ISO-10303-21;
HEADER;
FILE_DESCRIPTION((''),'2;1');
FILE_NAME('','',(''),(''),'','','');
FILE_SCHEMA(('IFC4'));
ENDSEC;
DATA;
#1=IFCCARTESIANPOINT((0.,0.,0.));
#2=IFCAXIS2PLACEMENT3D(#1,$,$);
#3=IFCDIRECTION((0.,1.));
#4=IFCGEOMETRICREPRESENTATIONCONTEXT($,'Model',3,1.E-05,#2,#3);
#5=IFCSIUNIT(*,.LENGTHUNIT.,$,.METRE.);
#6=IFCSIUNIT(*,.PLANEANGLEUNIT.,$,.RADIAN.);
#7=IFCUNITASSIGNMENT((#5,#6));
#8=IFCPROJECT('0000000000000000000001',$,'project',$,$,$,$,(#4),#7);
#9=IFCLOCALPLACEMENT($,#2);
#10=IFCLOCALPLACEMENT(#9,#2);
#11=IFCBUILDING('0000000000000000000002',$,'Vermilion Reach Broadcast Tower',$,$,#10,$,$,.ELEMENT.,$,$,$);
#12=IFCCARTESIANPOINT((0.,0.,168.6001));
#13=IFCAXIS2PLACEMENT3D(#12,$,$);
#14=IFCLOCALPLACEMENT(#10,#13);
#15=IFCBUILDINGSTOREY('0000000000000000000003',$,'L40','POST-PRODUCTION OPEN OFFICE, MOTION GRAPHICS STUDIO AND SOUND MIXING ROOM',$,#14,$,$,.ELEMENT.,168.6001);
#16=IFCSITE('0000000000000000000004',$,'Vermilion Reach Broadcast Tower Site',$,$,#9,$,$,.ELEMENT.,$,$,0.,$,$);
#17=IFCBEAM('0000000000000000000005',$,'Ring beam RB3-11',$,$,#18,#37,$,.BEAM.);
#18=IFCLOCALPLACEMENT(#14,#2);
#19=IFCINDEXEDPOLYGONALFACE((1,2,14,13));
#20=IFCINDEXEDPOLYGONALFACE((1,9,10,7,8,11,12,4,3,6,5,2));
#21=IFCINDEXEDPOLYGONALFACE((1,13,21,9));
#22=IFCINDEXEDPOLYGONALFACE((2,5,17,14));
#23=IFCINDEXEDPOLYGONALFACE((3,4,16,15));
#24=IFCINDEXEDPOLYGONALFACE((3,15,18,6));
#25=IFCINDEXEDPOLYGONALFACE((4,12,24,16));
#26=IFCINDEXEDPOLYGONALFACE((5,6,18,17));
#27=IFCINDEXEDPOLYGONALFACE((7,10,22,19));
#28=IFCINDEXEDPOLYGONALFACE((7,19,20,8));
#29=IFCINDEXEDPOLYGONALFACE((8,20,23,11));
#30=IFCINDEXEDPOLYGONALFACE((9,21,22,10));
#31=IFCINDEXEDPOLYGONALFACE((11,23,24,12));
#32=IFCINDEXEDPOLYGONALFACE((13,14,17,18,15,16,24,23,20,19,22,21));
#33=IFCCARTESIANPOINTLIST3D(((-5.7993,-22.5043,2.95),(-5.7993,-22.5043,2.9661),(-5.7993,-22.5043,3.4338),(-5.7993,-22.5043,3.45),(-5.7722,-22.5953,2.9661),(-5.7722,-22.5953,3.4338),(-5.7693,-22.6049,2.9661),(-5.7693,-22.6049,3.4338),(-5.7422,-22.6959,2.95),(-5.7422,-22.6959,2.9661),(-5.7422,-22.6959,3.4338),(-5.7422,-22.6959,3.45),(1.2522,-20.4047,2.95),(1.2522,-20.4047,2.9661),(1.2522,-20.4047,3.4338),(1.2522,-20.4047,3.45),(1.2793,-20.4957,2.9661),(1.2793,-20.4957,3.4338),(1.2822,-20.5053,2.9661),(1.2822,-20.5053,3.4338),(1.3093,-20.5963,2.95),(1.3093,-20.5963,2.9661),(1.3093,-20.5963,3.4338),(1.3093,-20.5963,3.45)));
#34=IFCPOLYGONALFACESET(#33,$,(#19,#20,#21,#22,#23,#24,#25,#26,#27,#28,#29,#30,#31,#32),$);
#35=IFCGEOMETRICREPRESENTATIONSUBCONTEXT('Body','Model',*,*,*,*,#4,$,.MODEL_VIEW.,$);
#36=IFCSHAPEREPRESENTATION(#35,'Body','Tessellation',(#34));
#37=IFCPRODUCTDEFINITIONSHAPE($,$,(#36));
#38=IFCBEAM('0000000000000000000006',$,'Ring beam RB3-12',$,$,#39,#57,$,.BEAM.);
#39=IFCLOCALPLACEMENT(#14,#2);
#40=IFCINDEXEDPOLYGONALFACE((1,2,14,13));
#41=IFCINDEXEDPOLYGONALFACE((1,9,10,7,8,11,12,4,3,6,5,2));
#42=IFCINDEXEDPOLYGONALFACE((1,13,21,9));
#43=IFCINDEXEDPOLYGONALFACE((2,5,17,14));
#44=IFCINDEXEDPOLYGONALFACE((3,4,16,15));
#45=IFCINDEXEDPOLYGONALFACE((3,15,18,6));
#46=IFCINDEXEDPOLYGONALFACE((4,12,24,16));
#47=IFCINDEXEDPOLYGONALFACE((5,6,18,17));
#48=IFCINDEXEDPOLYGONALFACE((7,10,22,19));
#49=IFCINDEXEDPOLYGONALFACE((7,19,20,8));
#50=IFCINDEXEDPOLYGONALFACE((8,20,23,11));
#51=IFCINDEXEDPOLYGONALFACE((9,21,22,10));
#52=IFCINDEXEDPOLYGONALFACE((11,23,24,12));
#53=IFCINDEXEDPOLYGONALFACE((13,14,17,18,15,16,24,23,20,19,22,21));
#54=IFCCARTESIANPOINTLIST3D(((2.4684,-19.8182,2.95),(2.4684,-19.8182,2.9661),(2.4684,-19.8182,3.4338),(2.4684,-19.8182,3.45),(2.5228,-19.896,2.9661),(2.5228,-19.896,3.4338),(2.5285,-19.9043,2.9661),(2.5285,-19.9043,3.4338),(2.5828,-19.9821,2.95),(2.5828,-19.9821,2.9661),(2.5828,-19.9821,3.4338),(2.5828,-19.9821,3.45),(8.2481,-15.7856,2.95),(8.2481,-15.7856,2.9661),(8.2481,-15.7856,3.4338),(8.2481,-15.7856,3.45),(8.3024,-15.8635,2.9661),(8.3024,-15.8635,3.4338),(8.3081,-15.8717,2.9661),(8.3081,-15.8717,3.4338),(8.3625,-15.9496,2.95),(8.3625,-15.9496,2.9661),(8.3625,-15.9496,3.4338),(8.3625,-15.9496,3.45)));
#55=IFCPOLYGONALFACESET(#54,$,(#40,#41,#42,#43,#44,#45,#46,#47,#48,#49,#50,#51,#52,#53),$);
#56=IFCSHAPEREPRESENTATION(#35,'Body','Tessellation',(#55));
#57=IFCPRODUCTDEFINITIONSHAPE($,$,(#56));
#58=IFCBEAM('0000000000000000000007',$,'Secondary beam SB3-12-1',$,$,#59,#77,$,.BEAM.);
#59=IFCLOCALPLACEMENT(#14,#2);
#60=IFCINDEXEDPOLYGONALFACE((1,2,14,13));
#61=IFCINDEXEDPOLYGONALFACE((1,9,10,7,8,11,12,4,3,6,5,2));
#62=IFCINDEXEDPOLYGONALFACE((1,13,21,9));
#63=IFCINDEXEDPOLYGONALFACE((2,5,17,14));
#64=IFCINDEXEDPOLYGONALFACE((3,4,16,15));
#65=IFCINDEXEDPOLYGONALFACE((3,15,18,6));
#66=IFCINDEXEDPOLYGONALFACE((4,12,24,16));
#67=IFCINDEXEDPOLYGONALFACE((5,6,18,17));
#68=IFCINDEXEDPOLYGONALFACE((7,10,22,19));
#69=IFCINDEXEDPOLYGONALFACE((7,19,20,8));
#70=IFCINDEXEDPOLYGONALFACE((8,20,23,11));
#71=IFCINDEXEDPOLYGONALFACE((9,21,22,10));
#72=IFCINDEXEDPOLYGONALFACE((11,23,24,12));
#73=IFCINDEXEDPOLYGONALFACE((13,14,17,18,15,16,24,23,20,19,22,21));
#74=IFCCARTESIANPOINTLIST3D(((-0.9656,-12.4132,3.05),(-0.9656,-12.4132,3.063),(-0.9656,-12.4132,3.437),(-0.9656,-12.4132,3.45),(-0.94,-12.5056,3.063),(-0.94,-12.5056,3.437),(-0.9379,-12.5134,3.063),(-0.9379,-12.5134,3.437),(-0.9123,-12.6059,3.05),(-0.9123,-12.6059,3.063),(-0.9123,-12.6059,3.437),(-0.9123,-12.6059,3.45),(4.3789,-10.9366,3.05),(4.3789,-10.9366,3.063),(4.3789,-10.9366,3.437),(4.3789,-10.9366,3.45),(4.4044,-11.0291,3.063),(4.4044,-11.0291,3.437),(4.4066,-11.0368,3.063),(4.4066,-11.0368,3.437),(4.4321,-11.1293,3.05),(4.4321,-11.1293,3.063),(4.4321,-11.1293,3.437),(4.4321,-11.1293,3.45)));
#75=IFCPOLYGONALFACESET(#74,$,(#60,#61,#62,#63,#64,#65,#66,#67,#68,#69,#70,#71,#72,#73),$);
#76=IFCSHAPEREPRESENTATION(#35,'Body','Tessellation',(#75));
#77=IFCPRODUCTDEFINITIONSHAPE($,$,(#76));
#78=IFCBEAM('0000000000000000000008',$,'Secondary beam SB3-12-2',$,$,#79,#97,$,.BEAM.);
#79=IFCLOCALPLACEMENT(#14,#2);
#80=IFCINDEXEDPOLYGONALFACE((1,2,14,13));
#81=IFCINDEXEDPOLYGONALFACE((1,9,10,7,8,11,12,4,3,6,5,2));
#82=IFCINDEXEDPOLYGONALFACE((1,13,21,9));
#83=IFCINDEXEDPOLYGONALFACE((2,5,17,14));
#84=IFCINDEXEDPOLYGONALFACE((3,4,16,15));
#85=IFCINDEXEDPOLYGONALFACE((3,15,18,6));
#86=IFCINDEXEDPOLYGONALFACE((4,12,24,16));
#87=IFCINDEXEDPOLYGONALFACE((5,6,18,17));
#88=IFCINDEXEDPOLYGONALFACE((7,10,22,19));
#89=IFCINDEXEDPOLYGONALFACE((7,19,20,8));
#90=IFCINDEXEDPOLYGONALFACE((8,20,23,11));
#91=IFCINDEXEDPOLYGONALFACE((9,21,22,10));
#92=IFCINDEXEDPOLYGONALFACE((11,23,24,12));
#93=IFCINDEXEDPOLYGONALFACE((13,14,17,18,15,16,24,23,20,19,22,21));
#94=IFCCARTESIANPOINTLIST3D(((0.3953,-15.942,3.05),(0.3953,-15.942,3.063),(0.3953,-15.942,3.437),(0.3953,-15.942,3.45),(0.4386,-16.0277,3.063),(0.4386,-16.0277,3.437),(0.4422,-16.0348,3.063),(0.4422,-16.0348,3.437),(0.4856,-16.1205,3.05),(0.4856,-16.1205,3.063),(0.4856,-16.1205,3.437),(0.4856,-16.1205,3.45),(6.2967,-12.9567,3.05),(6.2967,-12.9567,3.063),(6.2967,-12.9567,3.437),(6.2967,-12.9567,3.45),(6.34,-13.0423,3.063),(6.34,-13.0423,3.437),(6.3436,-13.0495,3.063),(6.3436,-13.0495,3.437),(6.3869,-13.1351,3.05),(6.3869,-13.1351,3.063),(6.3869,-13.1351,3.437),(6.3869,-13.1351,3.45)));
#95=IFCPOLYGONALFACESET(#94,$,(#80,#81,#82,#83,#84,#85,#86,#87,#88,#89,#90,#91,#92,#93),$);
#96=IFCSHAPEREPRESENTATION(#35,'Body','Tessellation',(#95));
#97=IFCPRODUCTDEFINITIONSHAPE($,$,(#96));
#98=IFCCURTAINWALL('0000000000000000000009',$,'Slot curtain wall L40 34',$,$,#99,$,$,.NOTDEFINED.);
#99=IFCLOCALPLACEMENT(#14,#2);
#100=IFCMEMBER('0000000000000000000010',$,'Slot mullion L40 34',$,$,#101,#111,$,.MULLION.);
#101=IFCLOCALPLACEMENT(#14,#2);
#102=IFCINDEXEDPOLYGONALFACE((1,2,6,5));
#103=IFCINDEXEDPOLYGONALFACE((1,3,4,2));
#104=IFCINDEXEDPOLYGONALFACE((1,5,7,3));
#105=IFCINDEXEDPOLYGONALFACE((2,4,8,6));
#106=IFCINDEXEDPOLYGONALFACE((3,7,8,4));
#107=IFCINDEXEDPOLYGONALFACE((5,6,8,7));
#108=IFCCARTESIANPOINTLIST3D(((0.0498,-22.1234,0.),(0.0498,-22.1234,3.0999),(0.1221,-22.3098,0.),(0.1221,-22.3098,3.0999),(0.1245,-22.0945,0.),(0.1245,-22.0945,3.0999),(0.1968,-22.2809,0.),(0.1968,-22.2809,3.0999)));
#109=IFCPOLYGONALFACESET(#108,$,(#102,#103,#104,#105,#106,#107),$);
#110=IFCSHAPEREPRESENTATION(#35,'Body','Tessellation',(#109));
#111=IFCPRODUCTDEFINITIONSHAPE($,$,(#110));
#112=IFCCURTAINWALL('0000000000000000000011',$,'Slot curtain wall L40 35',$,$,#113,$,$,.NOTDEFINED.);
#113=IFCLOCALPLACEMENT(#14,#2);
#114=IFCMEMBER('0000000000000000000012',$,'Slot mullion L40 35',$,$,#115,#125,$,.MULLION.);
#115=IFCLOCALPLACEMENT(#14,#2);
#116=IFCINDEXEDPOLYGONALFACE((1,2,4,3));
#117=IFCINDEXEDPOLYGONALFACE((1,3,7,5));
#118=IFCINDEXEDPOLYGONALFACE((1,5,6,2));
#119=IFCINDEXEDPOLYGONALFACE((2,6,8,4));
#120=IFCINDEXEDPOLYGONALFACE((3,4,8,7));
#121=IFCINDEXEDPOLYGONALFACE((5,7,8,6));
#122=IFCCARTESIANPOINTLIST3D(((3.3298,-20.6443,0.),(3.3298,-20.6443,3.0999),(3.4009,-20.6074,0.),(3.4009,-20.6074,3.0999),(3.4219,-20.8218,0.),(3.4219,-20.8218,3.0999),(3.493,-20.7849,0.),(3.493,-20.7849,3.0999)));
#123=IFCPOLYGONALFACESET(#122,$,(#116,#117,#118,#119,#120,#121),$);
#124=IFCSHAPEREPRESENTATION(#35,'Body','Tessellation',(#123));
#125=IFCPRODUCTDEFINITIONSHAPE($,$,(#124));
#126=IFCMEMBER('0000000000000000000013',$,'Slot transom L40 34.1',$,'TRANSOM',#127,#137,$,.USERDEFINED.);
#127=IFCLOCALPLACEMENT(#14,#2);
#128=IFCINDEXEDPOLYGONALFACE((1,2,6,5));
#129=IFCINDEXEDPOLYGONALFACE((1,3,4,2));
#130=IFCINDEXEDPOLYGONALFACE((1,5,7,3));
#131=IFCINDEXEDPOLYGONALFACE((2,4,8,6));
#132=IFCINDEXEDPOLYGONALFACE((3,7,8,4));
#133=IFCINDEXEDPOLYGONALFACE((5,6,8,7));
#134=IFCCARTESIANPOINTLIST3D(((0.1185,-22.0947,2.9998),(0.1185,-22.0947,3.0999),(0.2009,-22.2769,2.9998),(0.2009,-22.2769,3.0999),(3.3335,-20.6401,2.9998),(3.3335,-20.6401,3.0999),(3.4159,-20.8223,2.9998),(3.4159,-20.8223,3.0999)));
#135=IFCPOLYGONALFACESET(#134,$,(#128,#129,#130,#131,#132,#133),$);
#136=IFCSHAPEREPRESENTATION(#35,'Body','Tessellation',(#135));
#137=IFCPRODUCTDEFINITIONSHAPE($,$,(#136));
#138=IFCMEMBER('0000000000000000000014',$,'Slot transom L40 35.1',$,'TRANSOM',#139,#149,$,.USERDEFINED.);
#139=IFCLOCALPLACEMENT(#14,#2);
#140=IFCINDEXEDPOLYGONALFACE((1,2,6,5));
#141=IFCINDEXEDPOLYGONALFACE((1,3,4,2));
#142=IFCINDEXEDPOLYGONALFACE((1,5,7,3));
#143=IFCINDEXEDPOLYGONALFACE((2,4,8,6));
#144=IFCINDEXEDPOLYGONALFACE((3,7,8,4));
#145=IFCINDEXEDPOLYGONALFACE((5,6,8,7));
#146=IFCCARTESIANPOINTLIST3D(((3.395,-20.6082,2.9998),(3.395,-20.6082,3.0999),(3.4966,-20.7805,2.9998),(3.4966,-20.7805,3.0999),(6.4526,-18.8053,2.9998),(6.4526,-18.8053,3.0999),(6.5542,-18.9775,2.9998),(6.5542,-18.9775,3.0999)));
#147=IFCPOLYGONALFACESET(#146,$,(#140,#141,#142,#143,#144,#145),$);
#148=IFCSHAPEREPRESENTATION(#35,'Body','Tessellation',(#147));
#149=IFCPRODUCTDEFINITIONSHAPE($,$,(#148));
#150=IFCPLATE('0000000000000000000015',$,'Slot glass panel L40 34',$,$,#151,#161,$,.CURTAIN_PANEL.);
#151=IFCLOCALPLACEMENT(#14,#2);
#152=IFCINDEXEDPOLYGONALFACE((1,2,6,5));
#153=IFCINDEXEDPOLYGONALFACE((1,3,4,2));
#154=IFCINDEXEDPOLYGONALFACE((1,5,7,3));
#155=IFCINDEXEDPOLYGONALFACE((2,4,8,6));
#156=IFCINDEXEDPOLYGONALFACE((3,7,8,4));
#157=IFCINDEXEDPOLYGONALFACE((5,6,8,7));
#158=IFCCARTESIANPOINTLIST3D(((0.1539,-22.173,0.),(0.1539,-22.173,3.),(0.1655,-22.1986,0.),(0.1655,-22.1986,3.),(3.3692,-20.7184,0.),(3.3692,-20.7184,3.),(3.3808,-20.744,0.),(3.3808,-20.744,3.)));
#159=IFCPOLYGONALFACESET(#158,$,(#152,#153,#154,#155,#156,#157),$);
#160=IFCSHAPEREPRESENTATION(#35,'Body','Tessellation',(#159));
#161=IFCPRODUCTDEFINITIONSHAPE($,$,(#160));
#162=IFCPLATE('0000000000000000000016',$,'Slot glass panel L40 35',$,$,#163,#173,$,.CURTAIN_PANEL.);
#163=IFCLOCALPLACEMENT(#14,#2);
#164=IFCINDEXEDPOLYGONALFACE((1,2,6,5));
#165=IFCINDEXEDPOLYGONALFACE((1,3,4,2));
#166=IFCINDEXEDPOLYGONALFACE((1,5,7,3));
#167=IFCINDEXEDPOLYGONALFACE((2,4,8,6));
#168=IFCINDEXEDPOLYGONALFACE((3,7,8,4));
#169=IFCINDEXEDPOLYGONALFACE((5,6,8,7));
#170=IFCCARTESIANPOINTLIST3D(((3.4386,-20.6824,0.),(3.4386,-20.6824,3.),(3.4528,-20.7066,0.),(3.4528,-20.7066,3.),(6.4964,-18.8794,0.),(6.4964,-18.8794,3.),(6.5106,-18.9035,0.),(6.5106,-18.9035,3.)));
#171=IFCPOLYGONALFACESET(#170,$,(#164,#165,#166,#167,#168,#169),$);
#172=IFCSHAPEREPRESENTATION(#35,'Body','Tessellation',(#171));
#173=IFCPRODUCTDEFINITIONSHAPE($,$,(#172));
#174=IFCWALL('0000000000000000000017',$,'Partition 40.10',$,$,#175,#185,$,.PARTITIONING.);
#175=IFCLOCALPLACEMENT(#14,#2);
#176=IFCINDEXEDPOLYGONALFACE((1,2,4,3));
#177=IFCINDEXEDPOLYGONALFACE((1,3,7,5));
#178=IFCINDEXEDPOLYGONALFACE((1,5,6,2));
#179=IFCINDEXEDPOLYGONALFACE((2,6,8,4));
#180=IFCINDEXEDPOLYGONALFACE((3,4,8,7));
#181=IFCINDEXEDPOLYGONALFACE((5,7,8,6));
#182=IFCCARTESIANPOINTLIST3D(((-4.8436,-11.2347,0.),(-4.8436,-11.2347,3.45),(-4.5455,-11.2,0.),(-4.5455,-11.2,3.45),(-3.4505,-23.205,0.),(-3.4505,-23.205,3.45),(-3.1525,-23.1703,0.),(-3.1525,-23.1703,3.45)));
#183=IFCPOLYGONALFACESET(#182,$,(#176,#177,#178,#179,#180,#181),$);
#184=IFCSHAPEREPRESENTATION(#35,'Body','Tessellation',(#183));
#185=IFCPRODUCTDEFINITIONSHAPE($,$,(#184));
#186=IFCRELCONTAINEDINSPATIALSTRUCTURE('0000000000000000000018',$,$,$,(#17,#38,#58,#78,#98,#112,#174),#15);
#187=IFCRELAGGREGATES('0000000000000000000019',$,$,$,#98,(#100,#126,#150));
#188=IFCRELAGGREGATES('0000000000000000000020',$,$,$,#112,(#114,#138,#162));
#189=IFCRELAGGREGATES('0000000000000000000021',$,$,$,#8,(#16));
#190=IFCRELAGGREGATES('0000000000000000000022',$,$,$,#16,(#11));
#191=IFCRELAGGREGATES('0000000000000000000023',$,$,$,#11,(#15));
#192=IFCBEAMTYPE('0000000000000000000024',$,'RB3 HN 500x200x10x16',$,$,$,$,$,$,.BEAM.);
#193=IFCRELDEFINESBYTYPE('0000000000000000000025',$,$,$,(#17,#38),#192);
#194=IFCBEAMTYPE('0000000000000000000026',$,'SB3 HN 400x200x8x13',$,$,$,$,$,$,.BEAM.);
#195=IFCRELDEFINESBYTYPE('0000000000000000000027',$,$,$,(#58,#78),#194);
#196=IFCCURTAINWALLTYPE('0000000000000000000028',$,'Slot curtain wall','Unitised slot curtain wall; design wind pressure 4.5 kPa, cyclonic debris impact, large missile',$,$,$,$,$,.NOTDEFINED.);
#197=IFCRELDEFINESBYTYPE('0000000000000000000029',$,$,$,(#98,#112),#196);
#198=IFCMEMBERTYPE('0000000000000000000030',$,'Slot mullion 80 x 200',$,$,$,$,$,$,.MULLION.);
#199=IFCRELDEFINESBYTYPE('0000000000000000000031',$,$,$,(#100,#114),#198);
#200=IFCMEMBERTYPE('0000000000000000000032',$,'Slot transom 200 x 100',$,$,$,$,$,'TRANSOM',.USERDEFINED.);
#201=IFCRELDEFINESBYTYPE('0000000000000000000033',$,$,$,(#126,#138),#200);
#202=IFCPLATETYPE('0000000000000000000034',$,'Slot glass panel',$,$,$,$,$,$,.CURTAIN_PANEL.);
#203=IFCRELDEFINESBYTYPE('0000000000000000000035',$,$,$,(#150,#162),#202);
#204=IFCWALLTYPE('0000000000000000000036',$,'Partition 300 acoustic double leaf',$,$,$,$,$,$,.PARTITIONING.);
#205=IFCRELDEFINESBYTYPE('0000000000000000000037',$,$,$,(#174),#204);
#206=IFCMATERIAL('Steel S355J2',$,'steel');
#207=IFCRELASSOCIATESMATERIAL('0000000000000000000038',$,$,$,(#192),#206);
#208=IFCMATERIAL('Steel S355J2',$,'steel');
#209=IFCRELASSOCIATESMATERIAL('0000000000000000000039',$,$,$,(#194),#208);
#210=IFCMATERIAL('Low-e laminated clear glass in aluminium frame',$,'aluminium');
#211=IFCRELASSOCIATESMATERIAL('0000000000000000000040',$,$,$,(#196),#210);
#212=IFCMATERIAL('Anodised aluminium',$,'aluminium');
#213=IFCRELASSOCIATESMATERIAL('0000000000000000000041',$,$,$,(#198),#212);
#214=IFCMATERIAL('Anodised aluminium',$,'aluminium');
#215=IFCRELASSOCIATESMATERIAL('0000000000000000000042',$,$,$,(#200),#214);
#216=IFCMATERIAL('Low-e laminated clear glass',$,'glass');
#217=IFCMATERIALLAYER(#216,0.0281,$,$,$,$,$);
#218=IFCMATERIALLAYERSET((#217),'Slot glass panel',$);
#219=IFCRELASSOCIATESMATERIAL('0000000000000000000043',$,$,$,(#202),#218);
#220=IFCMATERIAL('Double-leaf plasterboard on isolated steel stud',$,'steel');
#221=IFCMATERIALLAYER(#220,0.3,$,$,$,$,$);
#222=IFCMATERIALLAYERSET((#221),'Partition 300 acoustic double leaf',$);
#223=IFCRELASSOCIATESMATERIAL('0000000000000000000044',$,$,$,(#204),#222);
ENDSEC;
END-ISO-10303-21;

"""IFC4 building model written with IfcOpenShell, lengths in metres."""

from ifc_helpers import new_model, si_unit, direction, frame, frame_2d, origin, origin_2d, place, context, subcontext, project, spatial, rectangle, i_section, extrude, material, layer, layer_set, material_profile, profile_set, type_object, element, aggregate, save


model = new_model("IFC4")

# Units and contexts
model_context = context("Model", 3, precision=1e-05, world=origin(), true_north=direction((0.0, 1.0)))
body_context = subcontext(model_context, "Body", "Model", "MODEL_VIEW")
ifc_project = project(units=[si_unit("LENGTHUNIT", "METRE"), si_unit("PLANEANGLEUNIT", "RADIAN")], contexts=[model_context])

# Site, building, storey
site_placement = place(None, origin())
site = spatial("IfcSite", under=ifc_project, at=site_placement, Name="Vermilion Reach Broadcast Tower Site", CompositionType="ELEMENT", RefElevation=0.0)
building_placement = place(site_placement, origin())
building = spatial("IfcBuilding", under=site, at=building_placement, Name="Vermilion Reach Broadcast Tower", CompositionType="ELEMENT")
storey_placement = place(building_placement, frame((0.0, 0.0, 168.6001)))
storey = spatial("IfcBuildingStorey", under=building, at=storey_placement, Name="L40", Description="POST-PRODUCTION OPEN OFFICE, MOTION GRAPHICS STUDIO AND SOUND MIXING ROOM", CompositionType="ELEMENT", Elevation=168.6001)

# Beams
ifc_material_1 = material(Name="Steel S355J2", Category="steel")
ifc_material_profile_1 = material_profile(ifc_material_1, i_section(OverallWidth=0.2, OverallDepth=0.5, WebThickness=0.01, FlangeThickness=0.0161, at=origin_2d()), Name="S355J2 HN 500x200x10x16")
ifc_profile_set_1 = profile_set([ifc_material_profile_1], Name="Steel S355J2")
beam_type_1 = type_object("IfcBeamType", Name="RB3 HN 500x200x10x16", PredefinedType="BEAM", material=ifc_profile_set_1)
beam_1_placement = place(storey_placement, frame((-5.7708, -22.6001, 3.2), z_axis=(0.958417, 0.285372, 0.0), x_axis=(-0.285372, 0.958417, 0.0)))
element("IfcBeam", 1, at=beam_1_placement, inside=storey, type_object=beam_type_1, Name="Ring beam RB3-11", PredefinedType="BEAM", context=body_context, shape_type="SweptSolid", body=[
    extrude(i_section(OverallWidth=0.2, OverallDepth=0.5, WebThickness=0.01, FlangeThickness=0.0161, at=origin_2d()), origin(), (0.0, 0.0, 1.0), 7.3574),
])
beam_2_placement = place(storey_placement, frame((2.5256, -19.9001, 3.2), z_axis=(0.820111, 0.572204, 0.0), x_axis=(-0.572204, 0.820111, 0.0)))
element("IfcBeam", 2, at=beam_2_placement, inside=storey, type_object=beam_type_1, Name="Ring beam RB3-12", PredefinedType="BEAM", context=body_context, shape_type="SweptSolid", body=[
    extrude(i_section(OverallWidth=0.2, OverallDepth=0.5, WebThickness=0.01, FlangeThickness=0.0161, at=origin_2d()), origin(), (0.0, 0.0, 1.0), 7.0474),
])
ifc_material_2 = material(Name="Steel S355J2", Category="steel")
ifc_material_profile_2 = material_profile(ifc_material_2, i_section(OverallWidth=0.2, OverallDepth=0.3999, WebThickness=0.0081, FlangeThickness=0.0129, at=origin_2d()), Name="S355J2 HN 400x200x8x13")
ifc_profile_set_2 = profile_set([ifc_material_profile_2], Name="Steel S355J2")
beam_type_2 = type_object("IfcBeamType", Name="SB3 HN 400x200x8x13", PredefinedType="BEAM", material=ifc_profile_set_2)
beam_3_placement = place(storey_placement, frame((-0.939, -12.5095, 3.25), z_axis=(0.96389, 0.266301, 0.0), x_axis=(-0.266301, 0.96389, 0.0)))
element("IfcBeam", 3, at=beam_3_placement, inside=storey, type_object=beam_type_2, Name="Secondary beam SB3-12-1", PredefinedType="BEAM", context=body_context, shape_type="SweptSolid", body=[
    extrude(i_section(OverallWidth=0.2, OverallDepth=0.3999, WebThickness=0.0081, FlangeThickness=0.0129, at=origin_2d()), origin(), (0.0, 0.0, 1.0), 5.5447),
])
beam_4_placement = place(storey_placement, frame((0.4404, -16.0312, 3.25), z_axis=(0.892321, 0.451402, 0.0), x_axis=(-0.451402, 0.892321, 0.0)))
element("IfcBeam", 4, at=beam_4_placement, inside=storey, type_object=beam_type_2, Name="Secondary beam SB3-12-2", PredefinedType="BEAM", context=body_context, shape_type="SweptSolid", body=[
    extrude(i_section(OverallWidth=0.2, OverallDepth=0.3999, WebThickness=0.0081, FlangeThickness=0.0129, at=origin_2d()), origin(), (0.0, 0.0, 1.0), 6.6135),
])

# Curtain walls, members
ifc_material_3 = material(Name="Low-e laminated clear glass in aluminium frame", Category="aluminium")
curtain_wall_type = type_object("IfcCurtainWallType", Name="Slot curtain wall", Description="Unitised slot curtain wall; design wind pressure 4.5 kPa, cyclonic debris impact, large missile", PredefinedType="NOTDEFINED", material=ifc_material_3)
placement = place(storey_placement, origin())
curtain_wall_1 = element("IfcCurtainWall", 5, at=placement, inside=storey, type_object=curtain_wall_type, Name="Slot curtain wall L40 34", PredefinedType="NOTDEFINED")
ifc_material_4 = material(Name="Anodised aluminium", Category="aluminium")
ifc_material_profile_3 = material_profile(ifc_material_4, rectangle(XDim=0.2, YDim=0.0801, at=origin_2d()), Name="Slot mullion 80 x 200")
ifc_profile_set_3 = profile_set([ifc_material_profile_3], Name="Anodised aluminium")
member_type_1 = type_object("IfcMemberType", Name="Slot mullion 80 x 200", PredefinedType="MULLION", material=ifc_profile_set_3)
member_1_placement = place(storey_placement, frame((0.1233, -22.2021, 0.0), z_axis=(0.0, 0.0, 1.0), x_axis=(-0.361608, 0.93233, 0.0)))
member_1 = element("IfcMember", 6, at=member_1_placement, type_object=member_type_1, Name="Slot mullion L40 34", PredefinedType="MULLION", context=body_context, shape_type="SweptSolid", body=[
    extrude(rectangle(XDim=0.2, YDim=0.0801, at=origin_2d()), origin(), (0.0, 0.0, 1.0), 3.0999),
])
curtain_wall_2 = element("IfcCurtainWall", 7, at=placement, inside=storey, type_object=curtain_wall_type, Name="Slot curtain wall L40 35", PredefinedType="NOTDEFINED")
member_2_placement = place(storey_placement, frame((3.4114, -20.7146, 0.0), z_axis=(0.0, 0.0, 1.0), x_axis=(-0.460728, 0.887542, 0.0)))
member_2 = element("IfcMember", 8, at=member_2_placement, type_object=member_type_1, Name="Slot mullion L40 35", PredefinedType="MULLION", context=body_context, shape_type="SweptSolid", body=[
    extrude(rectangle(XDim=0.2, YDim=0.0801, at=origin_2d()), origin(), (0.0, 0.0, 1.0), 3.0999),
])

# Members
ifc_material_5 = material(Name="Anodised aluminium", Category="aluminium")
ifc_material_profile_4 = material_profile(ifc_material_5, rectangle(XDim=0.2, YDim=0.1001, at=origin_2d()), Name="Slot transom 200 x 100")
ifc_profile_set_4 = profile_set([ifc_material_profile_4], Name="Anodised aluminium")
member_type_2 = type_object("IfcMemberType", Name="Slot transom 200 x 100", ElementType="TRANSOM", PredefinedType="USERDEFINED", material=ifc_profile_set_4)
member_3_placement = place(storey_placement, frame((0.1597, -22.1858, 3.0498), z_axis=(0.911092, 0.412202, 0.0), x_axis=(-0.412202, 0.911092, 0.0)))
member_3 = element("IfcMember", 9, at=member_3_placement, type_object=member_type_2, Name="Slot transom L40 34.1", ObjectType="TRANSOM", PredefinedType="USERDEFINED", context=body_context, shape_type="SweptSolid", body=[
    extrude(rectangle(XDim=0.2, YDim=0.1001, at=origin_2d()), origin(), (0.0, 0.0, 1.0), 3.5288),
])
member_4_placement = place(storey_placement, frame((3.4458, -20.6943, 3.0498), z_axis=(0.861394, 0.507937, 0.0), x_axis=(-0.507937, 0.861394, 0.0)))
member_4 = element("IfcMember", 10, at=member_4_placement, type_object=member_type_2, Name="Slot transom L40 35.1", ObjectType="TRANSOM", PredefinedType="USERDEFINED", context=body_context, shape_type="SweptSolid", body=[
    extrude(rectangle(XDim=0.2, YDim=0.1001, at=origin_2d()), origin(), (0.0, 0.0, 1.0), 3.5496),
])

# Plates
ifc_material_6 = material(Name="Low-e laminated clear glass", Category="glass")
ifc_layer_1 = layer(ifc_material_6, 0.0281)
ifc_layer_set_1 = layer_set([ifc_layer_1], Name="Slot glass panel")
plate_type = type_object("IfcPlateType", Name="Slot glass panel", PredefinedType="CURTAIN_PANEL", material=ifc_layer_set_1)
plate_1_placement = place(storey_placement, frame((1.7673, -21.4585, 0.0), z_axis=(0.0, 0.0, 1.0), x_axis=(0.911098, 0.41219, 0.0)))
plate_1 = element("IfcPlate", 11, at=plate_1_placement, type_object=plate_type, Name="Slot glass panel L40 34", PredefinedType="CURTAIN_PANEL", context=body_context, shape_type="SweptSolid", body=[
    extrude(rectangle(XDim=3.5291, YDim=0.0281, at=origin_2d()), origin(), (0.0, 0.0, 1.0), 3.0),
])
aggregate(curtain_wall_1, [member_1, member_3, plate_1])
plate_2_placement = place(storey_placement, frame((4.9746, -19.793, 0.0), z_axis=(0.0, 0.0, 1.0), x_axis=(0.861402, 0.507925, 0.0)))
plate_2 = element("IfcPlate", 12, at=plate_2_placement, type_object=plate_type, Name="Slot glass panel L40 35", PredefinedType="CURTAIN_PANEL", context=body_context, shape_type="SweptSolid", body=[
    extrude(rectangle(XDim=3.5498, YDim=0.0281, at=origin_2d()), origin(), (0.0, 0.0, 1.0), 3.0),
])
aggregate(curtain_wall_2, [member_2, member_4, plate_2])

# Wall
ifc_material_7 = material(Name="Double-leaf plasterboard on isolated steel stud", Category="steel")
ifc_layer_2 = layer(ifc_material_7, 0.3)
ifc_layer_set_2 = layer_set([ifc_layer_2], Name="Partition 300 acoustic double leaf")
wall_type_1 = type_object("IfcWallType", Name="Partition 300 acoustic double leaf", PredefinedType="PARTITIONING", material=ifc_layer_set_2)
wall_1_placement = place(storey_placement, frame((-3.3015, -23.1875, 0.0), z_axis=(0.0, 0.0, 1.0), x_axis=(-0.115598, 0.993296, 0.0)))
element("IfcWall", 13, at=wall_1_placement, inside=storey, type_object=wall_type_1, Name="Partition 40.10", PredefinedType="PARTITIONING", context=body_context, shape_type="SweptSolid", body=[
    extrude(rectangle(XDim=12.051, YDim=0.3, at=frame_2d((6.0254, 0.0))), origin(), (0.0, 0.0, 1.0), 3.45),
])

save(model, "model.ifc")
